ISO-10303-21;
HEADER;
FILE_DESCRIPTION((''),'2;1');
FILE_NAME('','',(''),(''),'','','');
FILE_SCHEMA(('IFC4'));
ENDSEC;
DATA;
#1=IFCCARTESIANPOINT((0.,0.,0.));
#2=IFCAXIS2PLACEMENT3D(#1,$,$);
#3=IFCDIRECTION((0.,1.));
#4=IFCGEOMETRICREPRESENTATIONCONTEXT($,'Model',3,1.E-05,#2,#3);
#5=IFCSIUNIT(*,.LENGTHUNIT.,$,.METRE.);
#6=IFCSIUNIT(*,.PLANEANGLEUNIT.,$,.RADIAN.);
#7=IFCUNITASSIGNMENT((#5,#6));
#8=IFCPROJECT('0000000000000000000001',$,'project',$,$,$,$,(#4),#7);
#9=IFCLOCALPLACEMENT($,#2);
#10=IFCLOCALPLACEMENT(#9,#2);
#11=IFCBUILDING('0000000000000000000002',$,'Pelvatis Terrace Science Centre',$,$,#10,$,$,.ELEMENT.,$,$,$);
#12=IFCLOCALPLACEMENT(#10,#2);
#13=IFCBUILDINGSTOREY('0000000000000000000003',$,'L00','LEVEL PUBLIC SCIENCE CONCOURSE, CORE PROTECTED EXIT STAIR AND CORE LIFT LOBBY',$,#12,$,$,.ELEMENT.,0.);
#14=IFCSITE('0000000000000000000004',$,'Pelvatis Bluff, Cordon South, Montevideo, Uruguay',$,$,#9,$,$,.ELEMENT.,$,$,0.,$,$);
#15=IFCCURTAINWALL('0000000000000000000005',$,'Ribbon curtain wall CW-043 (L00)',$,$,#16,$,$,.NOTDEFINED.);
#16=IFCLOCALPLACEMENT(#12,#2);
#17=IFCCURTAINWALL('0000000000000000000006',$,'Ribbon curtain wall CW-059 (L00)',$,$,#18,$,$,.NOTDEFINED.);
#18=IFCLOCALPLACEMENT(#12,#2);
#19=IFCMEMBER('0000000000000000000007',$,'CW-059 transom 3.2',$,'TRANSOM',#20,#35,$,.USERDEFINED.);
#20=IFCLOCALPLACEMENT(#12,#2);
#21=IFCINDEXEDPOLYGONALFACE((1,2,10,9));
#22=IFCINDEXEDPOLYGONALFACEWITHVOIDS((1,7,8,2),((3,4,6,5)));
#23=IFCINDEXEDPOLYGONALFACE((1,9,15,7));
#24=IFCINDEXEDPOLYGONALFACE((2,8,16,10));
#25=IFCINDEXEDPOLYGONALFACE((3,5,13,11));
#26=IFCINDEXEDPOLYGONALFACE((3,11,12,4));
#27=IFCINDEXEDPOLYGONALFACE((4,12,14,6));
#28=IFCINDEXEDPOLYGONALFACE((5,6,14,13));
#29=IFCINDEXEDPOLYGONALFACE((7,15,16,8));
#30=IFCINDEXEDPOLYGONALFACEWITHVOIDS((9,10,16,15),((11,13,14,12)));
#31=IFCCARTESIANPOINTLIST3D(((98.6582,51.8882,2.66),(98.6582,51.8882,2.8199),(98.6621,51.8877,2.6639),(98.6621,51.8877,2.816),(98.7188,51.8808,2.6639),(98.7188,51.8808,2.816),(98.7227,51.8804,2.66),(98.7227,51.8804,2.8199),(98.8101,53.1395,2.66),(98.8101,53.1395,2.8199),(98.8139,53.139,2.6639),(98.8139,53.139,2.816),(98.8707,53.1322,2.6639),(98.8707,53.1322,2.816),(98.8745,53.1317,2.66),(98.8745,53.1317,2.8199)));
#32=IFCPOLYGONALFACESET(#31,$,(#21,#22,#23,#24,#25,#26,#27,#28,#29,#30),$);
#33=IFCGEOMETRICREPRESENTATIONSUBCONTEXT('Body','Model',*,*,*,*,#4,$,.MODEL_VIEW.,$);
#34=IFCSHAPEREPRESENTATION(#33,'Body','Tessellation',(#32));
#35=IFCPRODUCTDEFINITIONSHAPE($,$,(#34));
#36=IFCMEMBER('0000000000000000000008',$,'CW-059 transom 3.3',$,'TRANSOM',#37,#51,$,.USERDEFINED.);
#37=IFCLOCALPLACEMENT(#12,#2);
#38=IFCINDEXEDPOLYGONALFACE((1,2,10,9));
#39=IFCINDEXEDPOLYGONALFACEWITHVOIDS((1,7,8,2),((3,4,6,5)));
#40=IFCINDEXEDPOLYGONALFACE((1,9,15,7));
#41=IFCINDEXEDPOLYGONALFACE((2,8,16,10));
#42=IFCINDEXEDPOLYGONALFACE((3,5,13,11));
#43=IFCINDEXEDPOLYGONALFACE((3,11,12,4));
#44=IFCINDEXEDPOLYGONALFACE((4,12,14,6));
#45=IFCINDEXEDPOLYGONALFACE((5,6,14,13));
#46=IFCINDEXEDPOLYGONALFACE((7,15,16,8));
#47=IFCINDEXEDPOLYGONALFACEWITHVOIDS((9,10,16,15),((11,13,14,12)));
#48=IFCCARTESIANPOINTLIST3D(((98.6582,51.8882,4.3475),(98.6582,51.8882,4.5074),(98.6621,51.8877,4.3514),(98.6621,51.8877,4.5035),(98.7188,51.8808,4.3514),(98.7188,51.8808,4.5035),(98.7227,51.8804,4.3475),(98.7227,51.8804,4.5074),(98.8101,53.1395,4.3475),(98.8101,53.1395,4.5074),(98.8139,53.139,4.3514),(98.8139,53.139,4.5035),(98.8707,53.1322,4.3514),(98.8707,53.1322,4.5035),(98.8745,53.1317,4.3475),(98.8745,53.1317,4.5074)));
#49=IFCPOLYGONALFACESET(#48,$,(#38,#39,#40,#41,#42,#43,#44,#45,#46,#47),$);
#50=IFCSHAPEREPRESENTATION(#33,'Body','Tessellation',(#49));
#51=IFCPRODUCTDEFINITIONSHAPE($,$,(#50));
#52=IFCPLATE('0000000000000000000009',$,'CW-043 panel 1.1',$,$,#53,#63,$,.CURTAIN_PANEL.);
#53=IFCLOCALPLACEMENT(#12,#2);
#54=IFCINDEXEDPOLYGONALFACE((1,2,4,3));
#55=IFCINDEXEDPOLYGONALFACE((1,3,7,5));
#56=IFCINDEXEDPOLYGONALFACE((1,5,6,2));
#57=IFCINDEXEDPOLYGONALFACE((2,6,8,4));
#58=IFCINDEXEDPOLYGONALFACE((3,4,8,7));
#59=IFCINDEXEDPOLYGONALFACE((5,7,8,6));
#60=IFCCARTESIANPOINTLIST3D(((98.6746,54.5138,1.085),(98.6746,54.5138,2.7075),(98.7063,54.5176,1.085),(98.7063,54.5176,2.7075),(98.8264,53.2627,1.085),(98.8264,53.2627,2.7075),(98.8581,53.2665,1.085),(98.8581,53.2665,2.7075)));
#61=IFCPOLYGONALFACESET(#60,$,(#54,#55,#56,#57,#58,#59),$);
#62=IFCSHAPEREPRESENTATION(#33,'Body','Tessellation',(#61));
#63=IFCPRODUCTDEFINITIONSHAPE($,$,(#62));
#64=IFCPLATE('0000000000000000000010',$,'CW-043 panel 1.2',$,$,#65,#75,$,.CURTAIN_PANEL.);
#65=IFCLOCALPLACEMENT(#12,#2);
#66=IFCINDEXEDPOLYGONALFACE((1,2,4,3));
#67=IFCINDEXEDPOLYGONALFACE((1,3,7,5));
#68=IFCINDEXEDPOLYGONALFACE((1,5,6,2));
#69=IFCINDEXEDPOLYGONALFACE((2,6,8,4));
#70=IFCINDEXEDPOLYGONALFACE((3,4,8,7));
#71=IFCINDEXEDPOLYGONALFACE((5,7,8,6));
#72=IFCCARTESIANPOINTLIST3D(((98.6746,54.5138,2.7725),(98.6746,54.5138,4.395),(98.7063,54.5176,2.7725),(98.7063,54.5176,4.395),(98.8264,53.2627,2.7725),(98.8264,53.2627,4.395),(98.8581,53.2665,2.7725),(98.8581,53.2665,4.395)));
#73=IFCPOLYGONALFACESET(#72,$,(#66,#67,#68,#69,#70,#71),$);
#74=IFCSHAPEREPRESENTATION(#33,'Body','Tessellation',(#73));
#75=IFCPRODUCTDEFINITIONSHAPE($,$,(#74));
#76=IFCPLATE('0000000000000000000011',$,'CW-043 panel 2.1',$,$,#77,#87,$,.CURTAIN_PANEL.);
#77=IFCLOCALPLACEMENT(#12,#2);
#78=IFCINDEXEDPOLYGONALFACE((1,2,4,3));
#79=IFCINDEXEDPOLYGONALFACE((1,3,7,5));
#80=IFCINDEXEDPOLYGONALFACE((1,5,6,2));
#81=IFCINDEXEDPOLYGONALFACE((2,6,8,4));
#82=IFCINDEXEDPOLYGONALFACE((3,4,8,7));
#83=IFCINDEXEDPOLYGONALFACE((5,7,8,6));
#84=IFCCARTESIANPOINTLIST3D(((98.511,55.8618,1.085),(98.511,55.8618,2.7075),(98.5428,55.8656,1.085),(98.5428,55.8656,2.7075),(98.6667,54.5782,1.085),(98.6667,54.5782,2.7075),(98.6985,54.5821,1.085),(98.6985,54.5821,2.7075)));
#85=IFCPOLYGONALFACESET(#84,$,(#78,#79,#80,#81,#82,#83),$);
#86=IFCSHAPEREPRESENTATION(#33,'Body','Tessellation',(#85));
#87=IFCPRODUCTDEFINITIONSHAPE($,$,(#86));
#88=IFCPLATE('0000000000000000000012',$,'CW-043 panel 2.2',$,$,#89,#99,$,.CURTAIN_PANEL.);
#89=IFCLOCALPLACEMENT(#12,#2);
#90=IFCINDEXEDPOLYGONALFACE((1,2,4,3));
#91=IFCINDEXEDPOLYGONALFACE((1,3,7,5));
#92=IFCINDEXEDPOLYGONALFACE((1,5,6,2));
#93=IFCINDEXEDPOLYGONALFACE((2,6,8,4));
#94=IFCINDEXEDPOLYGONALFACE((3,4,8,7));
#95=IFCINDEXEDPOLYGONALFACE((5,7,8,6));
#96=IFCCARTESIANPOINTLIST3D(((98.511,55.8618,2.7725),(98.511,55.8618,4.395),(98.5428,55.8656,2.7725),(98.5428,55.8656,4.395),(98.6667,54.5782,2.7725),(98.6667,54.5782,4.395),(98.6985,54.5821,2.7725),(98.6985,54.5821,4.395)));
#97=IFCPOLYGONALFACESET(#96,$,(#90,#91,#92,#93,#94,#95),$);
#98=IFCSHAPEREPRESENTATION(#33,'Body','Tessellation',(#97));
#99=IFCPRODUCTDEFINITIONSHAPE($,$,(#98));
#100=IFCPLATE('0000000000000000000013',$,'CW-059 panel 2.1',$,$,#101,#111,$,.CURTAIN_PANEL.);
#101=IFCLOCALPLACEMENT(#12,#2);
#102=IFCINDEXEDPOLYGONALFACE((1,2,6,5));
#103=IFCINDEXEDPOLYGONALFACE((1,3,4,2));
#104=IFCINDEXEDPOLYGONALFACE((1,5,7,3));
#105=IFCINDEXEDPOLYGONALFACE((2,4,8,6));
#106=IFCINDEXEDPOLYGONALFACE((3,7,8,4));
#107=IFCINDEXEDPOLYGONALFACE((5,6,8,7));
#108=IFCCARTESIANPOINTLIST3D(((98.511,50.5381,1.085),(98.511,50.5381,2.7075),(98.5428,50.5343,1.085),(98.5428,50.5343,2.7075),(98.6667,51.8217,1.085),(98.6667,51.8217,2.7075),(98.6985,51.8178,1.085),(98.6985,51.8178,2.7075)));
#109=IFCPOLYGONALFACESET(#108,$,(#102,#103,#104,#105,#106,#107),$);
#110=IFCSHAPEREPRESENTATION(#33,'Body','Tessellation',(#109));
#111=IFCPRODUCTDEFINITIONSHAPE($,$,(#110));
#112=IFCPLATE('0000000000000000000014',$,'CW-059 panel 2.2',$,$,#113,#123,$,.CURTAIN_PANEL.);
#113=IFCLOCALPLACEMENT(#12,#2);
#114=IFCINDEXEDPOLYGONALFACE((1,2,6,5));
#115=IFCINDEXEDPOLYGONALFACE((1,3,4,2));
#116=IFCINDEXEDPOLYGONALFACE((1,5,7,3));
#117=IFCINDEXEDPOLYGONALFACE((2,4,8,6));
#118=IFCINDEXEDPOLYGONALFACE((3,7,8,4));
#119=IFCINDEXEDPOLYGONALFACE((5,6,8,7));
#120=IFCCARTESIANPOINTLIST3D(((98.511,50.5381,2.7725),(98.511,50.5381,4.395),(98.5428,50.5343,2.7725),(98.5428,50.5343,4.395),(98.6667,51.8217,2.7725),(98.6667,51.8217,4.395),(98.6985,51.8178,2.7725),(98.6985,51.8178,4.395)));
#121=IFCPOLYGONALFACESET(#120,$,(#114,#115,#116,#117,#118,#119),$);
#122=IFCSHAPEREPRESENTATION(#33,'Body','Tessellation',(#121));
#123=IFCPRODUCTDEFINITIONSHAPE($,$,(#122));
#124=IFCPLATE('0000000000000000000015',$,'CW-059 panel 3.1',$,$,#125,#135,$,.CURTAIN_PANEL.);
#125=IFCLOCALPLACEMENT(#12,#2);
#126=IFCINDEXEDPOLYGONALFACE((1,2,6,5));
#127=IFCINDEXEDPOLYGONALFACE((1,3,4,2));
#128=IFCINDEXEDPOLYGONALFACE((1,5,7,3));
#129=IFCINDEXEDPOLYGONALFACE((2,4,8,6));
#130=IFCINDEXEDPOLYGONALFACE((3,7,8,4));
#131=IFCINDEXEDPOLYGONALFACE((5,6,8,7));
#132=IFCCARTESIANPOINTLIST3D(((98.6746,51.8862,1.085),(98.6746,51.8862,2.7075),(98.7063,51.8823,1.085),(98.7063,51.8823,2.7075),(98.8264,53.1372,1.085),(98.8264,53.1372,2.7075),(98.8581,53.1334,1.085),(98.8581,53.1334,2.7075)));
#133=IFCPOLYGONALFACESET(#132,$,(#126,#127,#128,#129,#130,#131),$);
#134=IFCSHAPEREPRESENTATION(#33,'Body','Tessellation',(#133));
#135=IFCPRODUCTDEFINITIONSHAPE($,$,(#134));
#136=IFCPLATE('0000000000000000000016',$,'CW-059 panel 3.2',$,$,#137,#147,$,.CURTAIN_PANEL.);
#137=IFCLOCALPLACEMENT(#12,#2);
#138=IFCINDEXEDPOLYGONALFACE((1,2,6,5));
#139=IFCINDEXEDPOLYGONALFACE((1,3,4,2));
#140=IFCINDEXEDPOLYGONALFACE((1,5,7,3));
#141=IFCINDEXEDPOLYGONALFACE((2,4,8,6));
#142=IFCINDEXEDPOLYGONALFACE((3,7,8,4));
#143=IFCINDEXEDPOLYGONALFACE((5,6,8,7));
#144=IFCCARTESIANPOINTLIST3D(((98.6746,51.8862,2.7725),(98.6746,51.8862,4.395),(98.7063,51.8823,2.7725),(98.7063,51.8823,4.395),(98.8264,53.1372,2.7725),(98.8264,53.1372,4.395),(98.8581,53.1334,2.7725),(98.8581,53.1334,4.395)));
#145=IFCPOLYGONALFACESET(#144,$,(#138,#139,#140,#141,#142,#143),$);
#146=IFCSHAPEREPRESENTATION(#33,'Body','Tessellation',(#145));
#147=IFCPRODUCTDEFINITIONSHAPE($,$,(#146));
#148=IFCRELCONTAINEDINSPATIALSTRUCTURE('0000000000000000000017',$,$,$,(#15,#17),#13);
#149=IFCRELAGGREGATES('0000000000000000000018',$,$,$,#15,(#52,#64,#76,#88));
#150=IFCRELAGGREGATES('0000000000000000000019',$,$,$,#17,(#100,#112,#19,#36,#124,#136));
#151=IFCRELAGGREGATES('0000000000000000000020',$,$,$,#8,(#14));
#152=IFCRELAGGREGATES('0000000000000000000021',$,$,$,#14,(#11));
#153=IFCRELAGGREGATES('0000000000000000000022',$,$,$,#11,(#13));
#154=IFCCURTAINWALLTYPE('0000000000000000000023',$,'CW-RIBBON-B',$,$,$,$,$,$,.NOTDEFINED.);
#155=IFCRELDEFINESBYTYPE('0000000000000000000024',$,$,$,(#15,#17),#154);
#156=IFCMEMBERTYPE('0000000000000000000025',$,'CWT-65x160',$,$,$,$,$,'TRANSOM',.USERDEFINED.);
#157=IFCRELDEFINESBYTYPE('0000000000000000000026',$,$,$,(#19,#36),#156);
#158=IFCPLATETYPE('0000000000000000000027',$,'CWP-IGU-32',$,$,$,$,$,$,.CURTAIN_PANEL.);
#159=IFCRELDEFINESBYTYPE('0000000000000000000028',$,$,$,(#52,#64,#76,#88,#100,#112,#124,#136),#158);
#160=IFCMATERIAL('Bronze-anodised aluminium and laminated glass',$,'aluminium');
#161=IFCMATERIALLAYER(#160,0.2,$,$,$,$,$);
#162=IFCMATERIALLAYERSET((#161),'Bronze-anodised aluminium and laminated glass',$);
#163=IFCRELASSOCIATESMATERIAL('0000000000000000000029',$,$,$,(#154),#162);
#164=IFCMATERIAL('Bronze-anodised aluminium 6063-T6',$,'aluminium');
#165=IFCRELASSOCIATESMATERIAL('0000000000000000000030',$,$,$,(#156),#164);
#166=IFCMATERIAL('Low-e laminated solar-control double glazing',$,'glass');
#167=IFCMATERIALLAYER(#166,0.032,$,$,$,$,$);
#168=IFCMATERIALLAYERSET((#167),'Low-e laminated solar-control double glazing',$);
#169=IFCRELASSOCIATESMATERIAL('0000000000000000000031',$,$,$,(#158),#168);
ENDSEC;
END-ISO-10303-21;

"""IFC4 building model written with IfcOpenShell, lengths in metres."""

from ifc_helpers import new_model, si_unit, direction, frame, origin, origin_2d, place, context, subcontext, project, spatial, rectangle, hollow_rectangle, extrude, material, layer, layer_set, material_profile, profile_set, type_object, element, aggregate, save


model = new_model("IFC4")

# Units and contexts
model_context = context("Model", 3, precision=1e-05, world=origin(), true_north=direction((0.0, 1.0)))
body_context = subcontext(model_context, "Body", "Model", "MODEL_VIEW")
ifc_project = project(units=[si_unit("LENGTHUNIT", "METRE"), si_unit("PLANEANGLEUNIT", "RADIAN")], contexts=[model_context])

# Site, building, storey
site_placement = place(None, origin())
site = spatial("IfcSite", under=ifc_project, at=site_placement, Name="Pelvatis Bluff, Cordon South, Montevideo, Uruguay", CompositionType="ELEMENT", RefElevation=0.0)
building_placement = place(site_placement, origin())
building = spatial("IfcBuilding", under=site, at=building_placement, Name="Pelvatis Terrace Science Centre", CompositionType="ELEMENT")
storey_placement = place(building_placement, origin())
storey = spatial("IfcBuildingStorey", under=building, at=storey_placement, Name="L00", Description="LEVEL PUBLIC SCIENCE CONCOURSE, CORE PROTECTED EXIT STAIR AND CORE LIFT LOBBY", CompositionType="ELEMENT", Elevation=0.0)

# Curtain walls
ifc_material_1 = material(Name="Bronze-anodised aluminium and laminated glass", Category="aluminium")
ifc_layer_1 = layer(ifc_material_1, 0.2)
ifc_layer_set_1 = layer_set([ifc_layer_1], Name="Bronze-anodised aluminium and laminated glass")
curtain_wall_type = type_object("IfcCurtainWallType", Name="CW-RIBBON-B", PredefinedType="NOTDEFINED", material=ifc_layer_set_1)
curtain_wall_1_placement = place(storey_placement, origin())
curtain_wall_1 = element("IfcCurtainWall", 1, at=curtain_wall_1_placement, inside=storey, type_object=curtain_wall_type, Name="Ribbon curtain wall CW-043 (L00)", PredefinedType="NOTDEFINED")
curtain_wall_2_placement = place(storey_placement, origin())
curtain_wall_2 = element("IfcCurtainWall", 2, at=curtain_wall_2_placement, inside=storey, type_object=curtain_wall_type, Name="Ribbon curtain wall CW-059 (L00)", PredefinedType="NOTDEFINED")

# Members
ifc_material_2 = material(Name="Bronze-anodised aluminium 6063-T6", Category="aluminium")
ifc_material_profile_1 = material_profile(ifc_material_2, hollow_rectangle(XDim=0.0649, YDim=0.1599, WallThickness=0.0039, at=origin_2d()), Name="ALU-TRN 65x160")
ifc_profile_set_1 = profile_set([ifc_material_profile_1], Name="Bronze-anodised aluminium 6063-T6")
member_type_1 = type_object("IfcMemberType", Name="CWT-65x160", ElementType="TRANSOM", PredefinedType="USERDEFINED", material=ifc_profile_set_1)
member_1_placement = place(storey_placement, frame((98.6904, 51.8843, 2.74), z_axis=(0.120482, 0.992716, 0.0), x_axis=(-0.992716, 0.120482, 0.0)))
member_1 = element("IfcMember", 3, at=member_1_placement, type_object=member_type_1, Name="CW-059 transom 3.2", ObjectType="TRANSOM", PredefinedType="USERDEFINED", context=body_context, shape_type="SweptSolid", body=[
    extrude(hollow_rectangle(XDim=0.0649, YDim=0.1599, WallThickness=0.0039, at=origin_2d()), origin(), (0.0, 0.0, 1.0), 1.2605),
])
member_2_placement = place(storey_placement, frame((98.6904, 51.8843, 4.4275), z_axis=(0.120482, 0.992716, 0.0), x_axis=(-0.992716, 0.120482, 0.0)))
member_2 = element("IfcMember", 4, at=member_2_placement, type_object=member_type_1, Name="CW-059 transom 3.3", ObjectType="TRANSOM", PredefinedType="USERDEFINED", context=body_context, shape_type="SweptSolid", body=[
    extrude(hollow_rectangle(XDim=0.0649, YDim=0.1599, WallThickness=0.0039, at=origin_2d()), origin(), (0.0, 0.0, 1.0), 1.2605),
])

# Plates
ifc_material_3 = material(Name="Low-e laminated solar-control double glazing", Category="glass")
ifc_layer_2 = layer(ifc_material_3, 0.032)
ifc_layer_set_2 = layer_set([ifc_layer_2], Name="Low-e laminated solar-control double glazing")
plate_type = type_object("IfcPlateType", Name="CWP-IGU-32", PredefinedType="CURTAIN_PANEL", material=ifc_layer_set_2)
plate_1_placement = place(storey_placement, frame((98.7664, 53.8901, 1.085), z_axis=(0.0, 0.0, 1.0), x_axis=(-0.120435, 0.992721, 0.0)))
plate_1 = element("IfcPlate", 5, at=plate_1_placement, type_object=plate_type, Name="CW-043 panel 1.1", PredefinedType="CURTAIN_PANEL", context=body_context, shape_type="SweptSolid", body=[
    extrude(rectangle(XDim=1.2603, YDim=0.032, at=origin_2d()), origin(), (0.0, 0.0, 1.0), 1.6226),
])
plate_2_placement = place(storey_placement, frame((98.7664, 53.8901, 2.7725), z_axis=(0.0, 0.0, 1.0), x_axis=(-0.120435, 0.992721, 0.0)))
plate_2 = element("IfcPlate", 6, at=plate_2_placement, type_object=plate_type, Name="CW-043 panel 1.2", PredefinedType="CURTAIN_PANEL", context=body_context, shape_type="SweptSolid", body=[
    extrude(rectangle(XDim=1.2603, YDim=0.032, at=origin_2d()), origin(), (0.0, 0.0, 1.0), 1.6226),
])
plate_3_placement = place(storey_placement, frame((98.6047, 55.2219, 1.085), z_axis=(0.0, 0.0, 1.0), x_axis=(-0.120435, 0.992721, 0.0)))
plate_3 = element("IfcPlate", 7, at=plate_3_placement, type_object=plate_type, Name="CW-043 panel 2.1", PredefinedType="CURTAIN_PANEL", context=body_context, shape_type="SweptSolid", body=[
    extrude(rectangle(XDim=1.293, YDim=0.032, at=origin_2d()), origin(), (0.0, 0.0, 1.0), 1.6226),
])
plate_4_placement = place(storey_placement, frame((98.6047, 55.2219, 2.7725), z_axis=(0.0, 0.0, 1.0), x_axis=(-0.120435, 0.992721, 0.0)))
plate_4 = element("IfcPlate", 8, at=plate_4_placement, type_object=plate_type, Name="CW-043 panel 2.2", PredefinedType="CURTAIN_PANEL", context=body_context, shape_type="SweptSolid", body=[
    extrude(rectangle(XDim=1.293, YDim=0.032, at=origin_2d()), origin(), (0.0, 0.0, 1.0), 1.6226),
])
aggregate(curtain_wall_1, [plate_1, plate_2, plate_3, plate_4])
plate_5_placement = place(storey_placement, frame((98.6047, 51.178, 1.085), z_axis=(0.0, 0.0, 1.0), x_axis=(0.120435, 0.992721, 0.0)))
plate_5 = element("IfcPlate", 9, at=plate_5_placement, type_object=plate_type, Name="CW-059 panel 2.1", PredefinedType="CURTAIN_PANEL", context=body_context, shape_type="SweptSolid", body=[
    extrude(rectangle(XDim=1.293, YDim=0.032, at=origin_2d()), origin(), (0.0, 0.0, 1.0), 1.6226),
])
plate_6_placement = place(storey_placement, frame((98.6047, 51.178, 2.7725), z_axis=(0.0, 0.0, 1.0), x_axis=(0.120435, 0.992721, 0.0)))
plate_6 = element("IfcPlate", 10, at=plate_6_placement, type_object=plate_type, Name="CW-059 panel 2.2", PredefinedType="CURTAIN_PANEL", context=body_context, shape_type="SweptSolid", body=[
    extrude(rectangle(XDim=1.293, YDim=0.032, at=origin_2d()), origin(), (0.0, 0.0, 1.0), 1.6226),
])
plate_7_placement = place(storey_placement, frame((98.7664, 52.5098, 1.085), z_axis=(0.0, 0.0, 1.0), x_axis=(0.120435, 0.992721, 0.0)))
plate_7 = element("IfcPlate", 11, at=plate_7_placement, type_object=plate_type, Name="CW-059 panel 3.1", PredefinedType="CURTAIN_PANEL", context=body_context, shape_type="SweptSolid", body=[
    extrude(rectangle(XDim=1.2603, YDim=0.032, at=origin_2d()), origin(), (0.0, 0.0, 1.0), 1.6226),
])
plate_8_placement = place(storey_placement, frame((98.7664, 52.5098, 2.7725), z_axis=(0.0, 0.0, 1.0), x_axis=(0.120435, 0.992721, 0.0)))
plate_8 = element("IfcPlate", 12, at=plate_8_placement, type_object=plate_type, Name="CW-059 panel 3.2", PredefinedType="CURTAIN_PANEL", context=body_context, shape_type="SweptSolid", body=[
    extrude(rectangle(XDim=1.2603, YDim=0.032, at=origin_2d()), origin(), (0.0, 0.0, 1.0), 1.6226),
])
aggregate(curtain_wall_2, [plate_5, plate_6, member_1, member_2, plate_7, plate_8])

save(model, "model.ifc")
